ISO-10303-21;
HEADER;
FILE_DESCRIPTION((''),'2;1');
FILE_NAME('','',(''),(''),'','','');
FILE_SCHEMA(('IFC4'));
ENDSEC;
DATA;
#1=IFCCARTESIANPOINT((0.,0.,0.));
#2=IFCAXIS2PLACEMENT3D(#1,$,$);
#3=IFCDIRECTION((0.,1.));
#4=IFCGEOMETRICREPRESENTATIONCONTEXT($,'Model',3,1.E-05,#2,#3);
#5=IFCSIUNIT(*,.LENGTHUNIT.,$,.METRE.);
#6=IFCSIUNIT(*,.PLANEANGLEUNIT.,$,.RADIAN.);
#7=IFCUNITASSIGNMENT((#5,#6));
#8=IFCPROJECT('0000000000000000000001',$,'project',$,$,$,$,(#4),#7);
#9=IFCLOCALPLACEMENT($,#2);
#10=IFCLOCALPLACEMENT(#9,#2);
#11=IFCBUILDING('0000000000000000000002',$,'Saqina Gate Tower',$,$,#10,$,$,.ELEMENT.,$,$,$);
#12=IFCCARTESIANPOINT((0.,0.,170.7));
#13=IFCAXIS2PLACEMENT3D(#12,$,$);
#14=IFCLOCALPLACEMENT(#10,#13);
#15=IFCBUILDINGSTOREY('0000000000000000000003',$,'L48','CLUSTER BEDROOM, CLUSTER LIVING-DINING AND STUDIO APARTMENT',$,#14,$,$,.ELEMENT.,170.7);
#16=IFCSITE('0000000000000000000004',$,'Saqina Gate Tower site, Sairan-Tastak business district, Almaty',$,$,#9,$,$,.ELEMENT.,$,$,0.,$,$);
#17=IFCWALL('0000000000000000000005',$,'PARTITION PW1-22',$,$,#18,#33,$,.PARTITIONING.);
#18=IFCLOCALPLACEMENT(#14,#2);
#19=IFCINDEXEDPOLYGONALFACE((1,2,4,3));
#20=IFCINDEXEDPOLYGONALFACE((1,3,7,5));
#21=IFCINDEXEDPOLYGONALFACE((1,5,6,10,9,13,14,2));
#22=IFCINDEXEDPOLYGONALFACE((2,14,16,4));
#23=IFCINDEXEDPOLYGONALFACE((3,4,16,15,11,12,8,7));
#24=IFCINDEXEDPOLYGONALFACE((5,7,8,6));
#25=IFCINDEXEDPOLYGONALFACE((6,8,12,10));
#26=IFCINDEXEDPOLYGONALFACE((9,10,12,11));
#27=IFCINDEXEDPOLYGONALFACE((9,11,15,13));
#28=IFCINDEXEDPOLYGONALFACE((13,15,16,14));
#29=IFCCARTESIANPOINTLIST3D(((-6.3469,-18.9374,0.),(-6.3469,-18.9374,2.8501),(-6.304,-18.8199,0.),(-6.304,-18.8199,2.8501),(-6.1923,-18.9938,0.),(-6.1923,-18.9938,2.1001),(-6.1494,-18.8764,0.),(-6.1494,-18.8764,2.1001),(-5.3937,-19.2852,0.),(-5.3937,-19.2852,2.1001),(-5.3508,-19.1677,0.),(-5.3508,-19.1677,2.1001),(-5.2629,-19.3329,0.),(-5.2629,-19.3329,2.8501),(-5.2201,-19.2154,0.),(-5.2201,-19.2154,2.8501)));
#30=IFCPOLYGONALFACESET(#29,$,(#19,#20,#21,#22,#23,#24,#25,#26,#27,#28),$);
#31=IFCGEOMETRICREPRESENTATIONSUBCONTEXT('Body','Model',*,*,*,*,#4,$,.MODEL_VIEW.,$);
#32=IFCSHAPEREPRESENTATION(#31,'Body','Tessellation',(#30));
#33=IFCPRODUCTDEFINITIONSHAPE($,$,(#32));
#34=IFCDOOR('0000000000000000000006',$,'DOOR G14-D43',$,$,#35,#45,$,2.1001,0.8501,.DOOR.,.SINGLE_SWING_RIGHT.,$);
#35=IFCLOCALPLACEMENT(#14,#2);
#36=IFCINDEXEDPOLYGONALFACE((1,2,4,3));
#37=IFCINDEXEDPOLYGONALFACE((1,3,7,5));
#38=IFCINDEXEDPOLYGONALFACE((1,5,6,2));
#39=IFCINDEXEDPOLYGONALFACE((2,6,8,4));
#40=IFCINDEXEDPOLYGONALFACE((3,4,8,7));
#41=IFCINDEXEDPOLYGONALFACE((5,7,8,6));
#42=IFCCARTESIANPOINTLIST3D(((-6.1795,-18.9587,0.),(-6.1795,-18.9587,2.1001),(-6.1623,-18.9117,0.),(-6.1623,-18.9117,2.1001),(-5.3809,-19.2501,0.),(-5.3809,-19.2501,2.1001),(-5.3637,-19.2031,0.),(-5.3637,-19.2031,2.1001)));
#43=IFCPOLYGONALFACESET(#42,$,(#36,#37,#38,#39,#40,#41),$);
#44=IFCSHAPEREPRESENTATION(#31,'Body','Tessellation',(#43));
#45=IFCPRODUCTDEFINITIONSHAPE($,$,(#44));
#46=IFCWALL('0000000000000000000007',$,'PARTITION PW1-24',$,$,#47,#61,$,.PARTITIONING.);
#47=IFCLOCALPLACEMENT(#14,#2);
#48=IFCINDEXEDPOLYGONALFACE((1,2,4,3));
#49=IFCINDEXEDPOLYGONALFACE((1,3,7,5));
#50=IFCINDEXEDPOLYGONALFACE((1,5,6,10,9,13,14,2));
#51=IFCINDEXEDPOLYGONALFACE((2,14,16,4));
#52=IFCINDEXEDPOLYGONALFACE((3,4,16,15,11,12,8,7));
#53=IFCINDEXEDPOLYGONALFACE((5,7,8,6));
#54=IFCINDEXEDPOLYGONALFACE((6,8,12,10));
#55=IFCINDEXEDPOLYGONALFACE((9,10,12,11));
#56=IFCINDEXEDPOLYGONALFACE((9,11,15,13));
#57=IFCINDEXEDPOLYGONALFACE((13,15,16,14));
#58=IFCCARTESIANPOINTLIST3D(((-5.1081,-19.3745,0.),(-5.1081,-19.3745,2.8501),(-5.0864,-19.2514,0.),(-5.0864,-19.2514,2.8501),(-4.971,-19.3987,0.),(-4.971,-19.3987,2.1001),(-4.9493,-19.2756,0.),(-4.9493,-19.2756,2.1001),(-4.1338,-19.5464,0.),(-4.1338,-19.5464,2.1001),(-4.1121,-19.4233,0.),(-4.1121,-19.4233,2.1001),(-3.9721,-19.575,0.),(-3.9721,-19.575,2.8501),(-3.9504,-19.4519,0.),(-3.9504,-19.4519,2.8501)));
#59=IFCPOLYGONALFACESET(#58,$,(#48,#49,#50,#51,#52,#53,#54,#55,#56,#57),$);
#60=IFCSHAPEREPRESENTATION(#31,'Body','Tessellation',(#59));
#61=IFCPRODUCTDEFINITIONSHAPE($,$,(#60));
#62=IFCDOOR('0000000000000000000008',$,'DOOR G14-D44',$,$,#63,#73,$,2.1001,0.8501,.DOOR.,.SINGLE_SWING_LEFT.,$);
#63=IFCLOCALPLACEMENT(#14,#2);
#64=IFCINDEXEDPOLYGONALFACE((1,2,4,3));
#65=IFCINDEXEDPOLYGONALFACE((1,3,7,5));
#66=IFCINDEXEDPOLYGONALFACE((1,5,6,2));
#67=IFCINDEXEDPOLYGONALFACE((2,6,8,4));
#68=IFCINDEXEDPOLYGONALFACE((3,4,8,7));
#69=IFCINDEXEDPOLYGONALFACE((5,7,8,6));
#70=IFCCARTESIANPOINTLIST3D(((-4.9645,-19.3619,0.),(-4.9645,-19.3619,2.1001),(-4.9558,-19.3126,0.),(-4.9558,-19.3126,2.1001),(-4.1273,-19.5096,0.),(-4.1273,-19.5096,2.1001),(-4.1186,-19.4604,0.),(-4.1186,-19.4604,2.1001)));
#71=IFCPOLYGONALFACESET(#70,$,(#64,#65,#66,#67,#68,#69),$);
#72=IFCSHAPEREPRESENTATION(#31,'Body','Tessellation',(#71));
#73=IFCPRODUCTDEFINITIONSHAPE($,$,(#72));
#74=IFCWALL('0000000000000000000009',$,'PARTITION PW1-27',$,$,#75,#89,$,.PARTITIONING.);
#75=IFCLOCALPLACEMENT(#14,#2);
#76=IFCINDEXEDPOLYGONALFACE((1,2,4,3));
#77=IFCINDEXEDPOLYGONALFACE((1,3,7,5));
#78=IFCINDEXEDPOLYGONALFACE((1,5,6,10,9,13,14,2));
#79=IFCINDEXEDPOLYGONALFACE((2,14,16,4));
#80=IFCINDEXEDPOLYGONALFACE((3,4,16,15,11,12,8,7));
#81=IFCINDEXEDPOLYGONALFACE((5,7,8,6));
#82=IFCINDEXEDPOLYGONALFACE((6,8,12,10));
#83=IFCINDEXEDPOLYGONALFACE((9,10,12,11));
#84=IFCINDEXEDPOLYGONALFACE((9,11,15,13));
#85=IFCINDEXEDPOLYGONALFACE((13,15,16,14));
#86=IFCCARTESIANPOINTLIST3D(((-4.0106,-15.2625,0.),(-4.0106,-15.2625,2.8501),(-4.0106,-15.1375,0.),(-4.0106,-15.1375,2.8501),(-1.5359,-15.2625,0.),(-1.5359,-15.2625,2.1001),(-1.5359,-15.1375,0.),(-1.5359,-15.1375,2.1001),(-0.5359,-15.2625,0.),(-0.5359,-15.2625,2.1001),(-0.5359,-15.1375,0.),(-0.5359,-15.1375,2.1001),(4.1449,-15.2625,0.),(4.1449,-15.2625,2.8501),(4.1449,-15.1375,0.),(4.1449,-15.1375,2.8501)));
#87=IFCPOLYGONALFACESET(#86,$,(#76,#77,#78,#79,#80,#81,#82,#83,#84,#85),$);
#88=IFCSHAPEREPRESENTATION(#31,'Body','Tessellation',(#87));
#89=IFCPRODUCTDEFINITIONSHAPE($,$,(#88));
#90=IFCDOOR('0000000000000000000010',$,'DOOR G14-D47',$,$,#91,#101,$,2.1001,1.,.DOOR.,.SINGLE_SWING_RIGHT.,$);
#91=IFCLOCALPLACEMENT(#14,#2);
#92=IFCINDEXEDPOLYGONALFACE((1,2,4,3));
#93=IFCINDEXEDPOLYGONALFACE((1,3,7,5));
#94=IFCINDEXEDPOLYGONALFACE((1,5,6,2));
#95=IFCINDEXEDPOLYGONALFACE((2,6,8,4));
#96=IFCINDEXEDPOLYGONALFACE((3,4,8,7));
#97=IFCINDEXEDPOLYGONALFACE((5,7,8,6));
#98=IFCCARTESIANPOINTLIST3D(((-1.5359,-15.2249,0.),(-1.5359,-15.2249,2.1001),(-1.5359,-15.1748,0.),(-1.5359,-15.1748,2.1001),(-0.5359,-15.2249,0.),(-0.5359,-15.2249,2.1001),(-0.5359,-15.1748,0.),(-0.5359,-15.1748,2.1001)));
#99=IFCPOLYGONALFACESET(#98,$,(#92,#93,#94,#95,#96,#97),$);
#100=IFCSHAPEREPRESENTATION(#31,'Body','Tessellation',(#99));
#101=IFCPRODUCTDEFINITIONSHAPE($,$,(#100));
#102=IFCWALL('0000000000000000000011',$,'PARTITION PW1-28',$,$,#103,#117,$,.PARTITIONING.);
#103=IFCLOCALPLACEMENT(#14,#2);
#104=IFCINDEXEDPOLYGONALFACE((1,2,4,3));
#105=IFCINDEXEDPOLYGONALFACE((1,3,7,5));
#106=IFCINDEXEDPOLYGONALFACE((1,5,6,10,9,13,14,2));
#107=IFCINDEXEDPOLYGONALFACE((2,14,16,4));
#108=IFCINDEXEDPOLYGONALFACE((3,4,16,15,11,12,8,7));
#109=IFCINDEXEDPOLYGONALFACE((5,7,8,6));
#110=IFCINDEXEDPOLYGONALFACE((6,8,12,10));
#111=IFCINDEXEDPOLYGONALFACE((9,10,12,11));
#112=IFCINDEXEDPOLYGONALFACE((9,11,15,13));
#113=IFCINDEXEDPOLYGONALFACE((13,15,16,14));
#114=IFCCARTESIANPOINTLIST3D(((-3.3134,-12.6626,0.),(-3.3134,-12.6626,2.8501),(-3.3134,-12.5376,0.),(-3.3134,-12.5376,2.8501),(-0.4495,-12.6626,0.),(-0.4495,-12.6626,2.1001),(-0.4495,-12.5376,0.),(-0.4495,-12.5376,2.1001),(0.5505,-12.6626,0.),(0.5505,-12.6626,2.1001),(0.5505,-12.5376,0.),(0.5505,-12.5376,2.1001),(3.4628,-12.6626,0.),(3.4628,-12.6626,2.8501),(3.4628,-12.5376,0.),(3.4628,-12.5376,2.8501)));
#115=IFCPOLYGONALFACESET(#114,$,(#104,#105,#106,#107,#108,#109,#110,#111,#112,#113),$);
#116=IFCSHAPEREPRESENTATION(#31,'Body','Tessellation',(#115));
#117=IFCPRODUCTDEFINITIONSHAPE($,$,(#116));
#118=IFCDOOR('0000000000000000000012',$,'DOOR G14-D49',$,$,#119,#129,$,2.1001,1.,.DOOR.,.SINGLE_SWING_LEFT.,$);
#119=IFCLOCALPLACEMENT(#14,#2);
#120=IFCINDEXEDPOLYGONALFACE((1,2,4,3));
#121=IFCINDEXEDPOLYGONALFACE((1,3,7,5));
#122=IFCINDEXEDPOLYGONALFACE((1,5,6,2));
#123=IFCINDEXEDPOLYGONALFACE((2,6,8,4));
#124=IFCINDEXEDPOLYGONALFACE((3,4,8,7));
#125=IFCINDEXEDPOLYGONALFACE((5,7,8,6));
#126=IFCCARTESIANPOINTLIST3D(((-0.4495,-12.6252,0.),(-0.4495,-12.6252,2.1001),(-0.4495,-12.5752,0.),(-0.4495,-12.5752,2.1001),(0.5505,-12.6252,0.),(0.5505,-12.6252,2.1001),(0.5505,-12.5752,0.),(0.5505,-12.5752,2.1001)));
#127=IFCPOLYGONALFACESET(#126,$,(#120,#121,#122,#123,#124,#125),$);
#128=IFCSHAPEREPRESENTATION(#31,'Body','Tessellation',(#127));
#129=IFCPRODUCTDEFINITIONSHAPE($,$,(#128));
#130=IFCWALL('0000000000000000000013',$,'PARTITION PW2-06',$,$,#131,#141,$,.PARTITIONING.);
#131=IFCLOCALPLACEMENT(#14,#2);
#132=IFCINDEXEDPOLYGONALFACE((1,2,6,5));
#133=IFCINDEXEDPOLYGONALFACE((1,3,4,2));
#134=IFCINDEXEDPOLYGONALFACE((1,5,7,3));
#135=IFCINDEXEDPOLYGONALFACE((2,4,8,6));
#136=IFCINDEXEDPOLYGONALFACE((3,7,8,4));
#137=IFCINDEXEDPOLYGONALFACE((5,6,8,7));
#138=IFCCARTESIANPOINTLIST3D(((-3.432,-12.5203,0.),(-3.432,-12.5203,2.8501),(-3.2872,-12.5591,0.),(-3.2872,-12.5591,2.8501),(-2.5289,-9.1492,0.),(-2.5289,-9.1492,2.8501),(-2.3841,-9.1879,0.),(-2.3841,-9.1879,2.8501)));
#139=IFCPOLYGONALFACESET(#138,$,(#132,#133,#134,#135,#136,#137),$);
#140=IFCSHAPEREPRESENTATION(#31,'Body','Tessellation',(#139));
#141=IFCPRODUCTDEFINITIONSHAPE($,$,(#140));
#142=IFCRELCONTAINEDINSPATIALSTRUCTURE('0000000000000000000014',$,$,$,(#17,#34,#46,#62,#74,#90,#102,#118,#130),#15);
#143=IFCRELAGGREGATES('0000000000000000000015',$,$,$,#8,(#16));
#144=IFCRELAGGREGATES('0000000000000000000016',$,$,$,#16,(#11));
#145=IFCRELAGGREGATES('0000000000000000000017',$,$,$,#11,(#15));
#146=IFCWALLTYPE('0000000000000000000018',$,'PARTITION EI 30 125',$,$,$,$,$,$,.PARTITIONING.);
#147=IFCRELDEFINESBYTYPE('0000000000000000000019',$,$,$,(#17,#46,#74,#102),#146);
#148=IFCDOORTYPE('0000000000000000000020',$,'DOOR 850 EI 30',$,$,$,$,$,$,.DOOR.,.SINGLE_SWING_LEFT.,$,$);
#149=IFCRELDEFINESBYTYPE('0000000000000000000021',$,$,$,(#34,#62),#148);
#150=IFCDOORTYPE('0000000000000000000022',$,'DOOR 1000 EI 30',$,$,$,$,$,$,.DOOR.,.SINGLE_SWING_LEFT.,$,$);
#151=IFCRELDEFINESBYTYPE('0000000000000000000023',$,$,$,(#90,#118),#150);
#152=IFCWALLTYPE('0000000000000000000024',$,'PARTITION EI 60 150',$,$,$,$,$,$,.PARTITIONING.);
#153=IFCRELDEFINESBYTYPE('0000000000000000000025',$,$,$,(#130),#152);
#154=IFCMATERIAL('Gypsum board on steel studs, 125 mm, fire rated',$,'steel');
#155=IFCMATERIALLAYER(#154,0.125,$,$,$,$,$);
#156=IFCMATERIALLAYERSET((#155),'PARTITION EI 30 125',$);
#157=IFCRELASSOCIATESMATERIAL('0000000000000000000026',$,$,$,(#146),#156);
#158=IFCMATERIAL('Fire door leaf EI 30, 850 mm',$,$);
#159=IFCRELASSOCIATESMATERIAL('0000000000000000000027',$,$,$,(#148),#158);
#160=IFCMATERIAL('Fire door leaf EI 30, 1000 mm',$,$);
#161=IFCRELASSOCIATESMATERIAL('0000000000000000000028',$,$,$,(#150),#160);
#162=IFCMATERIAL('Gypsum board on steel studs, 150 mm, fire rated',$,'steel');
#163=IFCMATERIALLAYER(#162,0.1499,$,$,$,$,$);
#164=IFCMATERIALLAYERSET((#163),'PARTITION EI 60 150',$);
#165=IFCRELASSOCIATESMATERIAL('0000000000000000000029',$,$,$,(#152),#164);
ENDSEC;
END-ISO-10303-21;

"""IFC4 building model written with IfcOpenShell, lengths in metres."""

from ifc_helpers import new_model, si_unit, direction, frame, frame_2d, origin, place, context, subcontext, project, spatial, rectangle, extrude, material, layer, layer_set, type_object, element, fill, save


model = new_model("IFC4")

# Units and contexts
model_context = context("Model", 3, precision=1e-05, world=origin(), true_north=direction((0.0, 1.0)))
body_context = subcontext(model_context, "Body", "Model", "MODEL_VIEW")
ifc_project = project(units=[si_unit("LENGTHUNIT", "METRE"), si_unit("PLANEANGLEUNIT", "RADIAN")], contexts=[model_context])

# Site, building, storey
site_placement = place(None, origin())
site = spatial("IfcSite", under=ifc_project, at=site_placement, Name="Saqina Gate Tower site, Sairan-Tastak business district, Almaty", CompositionType="ELEMENT", RefElevation=0.0)
building_placement = place(site_placement, origin())
building = spatial("IfcBuilding", under=site, at=building_placement, Name="Saqina Gate Tower", CompositionType="ELEMENT")
storey_placement = place(building_placement, frame((0.0, 0.0, 170.7)))
storey = spatial("IfcBuildingStorey", under=building, at=storey_placement, Name="L48", Description="CLUSTER BEDROOM, CLUSTER LIVING-DINING AND STUDIO APARTMENT", CompositionType="ELEMENT", Elevation=170.7)

# Shared definitions
ifc_material_1 = material(Name="Gypsum board on steel studs, 125 mm, fire rated", Category="steel")
ifc_layer_1 = layer(ifc_material_1, 0.125)
ifc_layer_set_1 = layer_set([ifc_layer_1], Name="PARTITION EI 30 125")
wall_type_1 = type_object("IfcWallType", Name="PARTITION EI 30 125", PredefinedType="PARTITIONING", material=ifc_layer_set_1)

# Walls, openings, doors
wall_1_placement = place(storey_placement, frame((-6.3254, -18.8787, 0.0), z_axis=(0.0, 0.0, 1.0), x_axis=(0.939422, -0.342762, 0.0)))
wall_1 = element("IfcWall", 1, at=wall_1_placement, inside=storey, type_object=wall_type_1, Name="PARTITION PW1-22", PredefinedType="PARTITIONING", context=body_context, shape_type="SweptSolid", body=[
    extrude(rectangle(XDim=1.1538, YDim=0.125, at=frame_2d((0.5769, 0.0))), origin(), (0.0, 0.0, 1.0), 2.8501),
])
opening_1_placement = place(wall_1_placement, frame((0.1646, 0.0, 0.0)))
opening_1 = element("IfcOpeningElement", 2, at=opening_1_placement, cuts=wall_1, PredefinedType="OPENING", context=body_context, shape_type="SweptSolid", body=[
    extrude(rectangle(XDim=0.8501, YDim=2.1001, at=frame_2d((0.425, 1.05))), frame((0.0, 0.0745, 0.0), z_axis=(0.0, -1.0, 0.0), x_axis=(1.0, 0.0, 0.0)), (0.0, 0.0, 1.0), 0.1489),
])
ifc_material_2 = material(Name="Fire door leaf EI 30, 850 mm")
door_type_1 = type_object("IfcDoorType", Name="DOOR 850 EI 30", OperationType="SINGLE_SWING_LEFT", PredefinedType="DOOR", material=ifc_material_2)
door_1_placement = place(opening_1_placement, origin())
door_1 = element("IfcDoor", 3, at=door_1_placement, inside=storey, type_object=door_type_1, Name="DOOR G14-D43", OperationType="SINGLE_SWING_RIGHT", OverallHeight=2.1001, OverallWidth=0.8501, PredefinedType="DOOR", context=body_context, shape_type="SweptSolid", body=[
    extrude(rectangle(XDim=0.8501, YDim=2.1001, at=frame_2d((0.425, 1.05))), frame((0.0, 0.0249, 0.0), z_axis=(0.0, -1.0, 0.0), x_axis=(1.0, 0.0, 0.0)), (0.0, 0.0, 1.0), 0.05),
])
fill(opening_1, door_1)
wall_2_placement = place(storey_placement, frame((-5.0972, -19.313, 0.0), z_axis=(0.0, 0.0, 1.0), x_axis=(0.984788, -0.173761, 0.0)))
wall_2 = element("IfcWall", 4, at=wall_2_placement, inside=storey, type_object=wall_type_1, Name="PARTITION PW1-24", PredefinedType="PARTITIONING", context=body_context, shape_type="SweptSolid", body=[
    extrude(rectangle(XDim=1.1536, YDim=0.125, at=frame_2d((0.5767, 0.0))), origin(), (0.0, 0.0, 1.0), 2.8501),
])
opening_2_placement = place(wall_2_placement, frame((0.1392, 0.0, 0.0)))
opening_2 = element("IfcOpeningElement", 5, at=opening_2_placement, cuts=wall_2, PredefinedType="OPENING", context=body_context, shape_type="SweptSolid", body=[
    extrude(rectangle(XDim=0.8501, YDim=2.1001, at=frame_2d((0.425, 1.05))), frame((0.0, 0.0745, 0.0), z_axis=(0.0, -1.0, 0.0), x_axis=(1.0, 0.0, 0.0)), (0.0, 0.0, 1.0), 0.1489),
])
door_2_placement = place(opening_2_placement, origin())
door_2 = element("IfcDoor", 6, at=door_2_placement, inside=storey, type_object=door_type_1, Name="DOOR G14-D44", OperationType="SINGLE_SWING_LEFT", OverallHeight=2.1001, OverallWidth=0.8501, PredefinedType="DOOR", context=body_context, shape_type="SweptSolid", body=[
    extrude(rectangle(XDim=0.8501, YDim=2.1001, at=frame_2d((0.425, 1.05))), frame((0.0, 0.0249, 0.0), z_axis=(0.0, -1.0, 0.0), x_axis=(1.0, 0.0, 0.0)), (0.0, 0.0, 1.0), 0.05),
])
fill(opening_2, door_2)
wall_3_placement = place(storey_placement, frame((-4.0105, -15.2, 0.0), z_axis=(0.0, 0.0, 1.0), x_axis=(1.0, 0.0, 0.0)))
wall_3 = element("IfcWall", 7, at=wall_3_placement, inside=storey, type_object=wall_type_1, Name="PARTITION PW1-27", PredefinedType="PARTITIONING", context=body_context, shape_type="SweptSolid", body=[
    extrude(rectangle(XDim=8.1555, YDim=0.125, at=frame_2d((4.0776, 0.0))), origin(), (0.0, 0.0, 1.0), 2.8501),
])
opening_3_placement = place(wall_3_placement, frame((2.4746, 0.0, 0.0)))
opening_3 = element("IfcOpeningElement", 8, at=opening_3_placement, cuts=wall_3, PredefinedType="OPENING", context=body_context, shape_type="SweptSolid", body=[
    extrude(rectangle(XDim=1.0, YDim=2.1001, at=frame_2d((0.5, 1.05))), frame((0.0, 0.0745, 0.0), z_axis=(0.0, -1.0, 0.0), x_axis=(1.0, 0.0, 0.0)), (0.0, 0.0, 1.0), 0.1489),
])
ifc_material_3 = material(Name="Fire door leaf EI 30, 1000 mm")
door_type_2 = type_object("IfcDoorType", Name="DOOR 1000 EI 30", OperationType="SINGLE_SWING_LEFT", PredefinedType="DOOR", material=ifc_material_3)
door_3_placement = place(opening_3_placement, frame((1.0, 0.0, 0.0), z_axis=(0.0, 0.0, 1.0), x_axis=(-1.0, 0.0, 0.0)))
door_3 = element("IfcDoor", 9, at=door_3_placement, inside=storey, type_object=door_type_2, Name="DOOR G14-D47", OperationType="SINGLE_SWING_RIGHT", OverallHeight=2.1001, OverallWidth=1.0, PredefinedType="DOOR", context=body_context, shape_type="SweptSolid", body=[
    extrude(rectangle(XDim=1.0, YDim=2.1001, at=frame_2d((0.5, 1.05))), frame((0.0, 0.0249, 0.0), z_axis=(0.0, -1.0, 0.0), x_axis=(1.0, 0.0, 0.0)), (0.0, 0.0, 1.0), 0.05),
])
fill(opening_3, door_3)
wall_4_placement = place(storey_placement, frame((-3.3135, -12.6001, 0.0), z_axis=(0.0, 0.0, 1.0), x_axis=(1.0, 0.0, 0.0)))
wall_4 = element("IfcWall", 10, at=wall_4_placement, inside=storey, type_object=wall_type_1, Name="PARTITION PW1-28", PredefinedType="PARTITIONING", context=body_context, shape_type="SweptSolid", body=[
    extrude(rectangle(XDim=6.7761, YDim=0.125, at=frame_2d((3.3882, 0.0))), origin(), (0.0, 0.0, 1.0), 2.8501),
])
opening_4_placement = place(wall_4_placement, frame((2.864, 0.0, 0.0)))
opening_4 = element("IfcOpeningElement", 11, at=opening_4_placement, cuts=wall_4, PredefinedType="OPENING", context=body_context, shape_type="SweptSolid", body=[
    extrude(rectangle(XDim=1.0, YDim=2.1001, at=frame_2d((0.5, 1.05))), frame((0.0, 0.0745, 0.0), z_axis=(0.0, -1.0, 0.0), x_axis=(1.0, 0.0, 0.0)), (0.0, 0.0, 1.0), 0.1489),
])
door_4_placement = place(opening_4_placement, origin())
door_4 = element("IfcDoor", 12, at=door_4_placement, inside=storey, type_object=door_type_2, Name="DOOR G14-D49", OperationType="SINGLE_SWING_LEFT", OverallHeight=2.1001, OverallWidth=1.0, PredefinedType="DOOR", context=body_context, shape_type="SweptSolid", body=[
    extrude(rectangle(XDim=1.0, YDim=2.1001, at=frame_2d((0.5, 1.05))), frame((0.0, 0.0249, 0.0), z_axis=(0.0, -1.0, 0.0), x_axis=(1.0, 0.0, 0.0)), (0.0, 0.0, 1.0), 0.05),
])
fill(opening_4, door_4)

# Wall
ifc_material_4 = material(Name="Gypsum board on steel studs, 150 mm, fire rated", Category="steel")
ifc_layer_2 = layer(ifc_material_4, 0.1499)
ifc_layer_set_2 = layer_set([ifc_layer_2], Name="PARTITION EI 60 150")
wall_type_2 = type_object("IfcWallType", Name="PARTITION EI 60 150", PredefinedType="PARTITIONING", material=ifc_layer_set_2)
wall_5_placement = place(storey_placement, frame((-3.3596, -12.5398, 0.0), z_axis=(0.0, 0.0, 1.0), x_axis=(0.258764, 0.965941, 0.0)))
element("IfcWall", 13, at=wall_5_placement, inside=storey, type_object=wall_type_2, Name="PARTITION PW2-06", PredefinedType="PARTITIONING", context=body_context, shape_type="SweptSolid", body=[
    extrude(rectangle(XDim=3.49, YDim=0.1499, at=frame_2d((1.7451, 0.0))), origin(), (0.0, 0.0, 1.0), 2.8501),
])

save(model, "model.ifc")
